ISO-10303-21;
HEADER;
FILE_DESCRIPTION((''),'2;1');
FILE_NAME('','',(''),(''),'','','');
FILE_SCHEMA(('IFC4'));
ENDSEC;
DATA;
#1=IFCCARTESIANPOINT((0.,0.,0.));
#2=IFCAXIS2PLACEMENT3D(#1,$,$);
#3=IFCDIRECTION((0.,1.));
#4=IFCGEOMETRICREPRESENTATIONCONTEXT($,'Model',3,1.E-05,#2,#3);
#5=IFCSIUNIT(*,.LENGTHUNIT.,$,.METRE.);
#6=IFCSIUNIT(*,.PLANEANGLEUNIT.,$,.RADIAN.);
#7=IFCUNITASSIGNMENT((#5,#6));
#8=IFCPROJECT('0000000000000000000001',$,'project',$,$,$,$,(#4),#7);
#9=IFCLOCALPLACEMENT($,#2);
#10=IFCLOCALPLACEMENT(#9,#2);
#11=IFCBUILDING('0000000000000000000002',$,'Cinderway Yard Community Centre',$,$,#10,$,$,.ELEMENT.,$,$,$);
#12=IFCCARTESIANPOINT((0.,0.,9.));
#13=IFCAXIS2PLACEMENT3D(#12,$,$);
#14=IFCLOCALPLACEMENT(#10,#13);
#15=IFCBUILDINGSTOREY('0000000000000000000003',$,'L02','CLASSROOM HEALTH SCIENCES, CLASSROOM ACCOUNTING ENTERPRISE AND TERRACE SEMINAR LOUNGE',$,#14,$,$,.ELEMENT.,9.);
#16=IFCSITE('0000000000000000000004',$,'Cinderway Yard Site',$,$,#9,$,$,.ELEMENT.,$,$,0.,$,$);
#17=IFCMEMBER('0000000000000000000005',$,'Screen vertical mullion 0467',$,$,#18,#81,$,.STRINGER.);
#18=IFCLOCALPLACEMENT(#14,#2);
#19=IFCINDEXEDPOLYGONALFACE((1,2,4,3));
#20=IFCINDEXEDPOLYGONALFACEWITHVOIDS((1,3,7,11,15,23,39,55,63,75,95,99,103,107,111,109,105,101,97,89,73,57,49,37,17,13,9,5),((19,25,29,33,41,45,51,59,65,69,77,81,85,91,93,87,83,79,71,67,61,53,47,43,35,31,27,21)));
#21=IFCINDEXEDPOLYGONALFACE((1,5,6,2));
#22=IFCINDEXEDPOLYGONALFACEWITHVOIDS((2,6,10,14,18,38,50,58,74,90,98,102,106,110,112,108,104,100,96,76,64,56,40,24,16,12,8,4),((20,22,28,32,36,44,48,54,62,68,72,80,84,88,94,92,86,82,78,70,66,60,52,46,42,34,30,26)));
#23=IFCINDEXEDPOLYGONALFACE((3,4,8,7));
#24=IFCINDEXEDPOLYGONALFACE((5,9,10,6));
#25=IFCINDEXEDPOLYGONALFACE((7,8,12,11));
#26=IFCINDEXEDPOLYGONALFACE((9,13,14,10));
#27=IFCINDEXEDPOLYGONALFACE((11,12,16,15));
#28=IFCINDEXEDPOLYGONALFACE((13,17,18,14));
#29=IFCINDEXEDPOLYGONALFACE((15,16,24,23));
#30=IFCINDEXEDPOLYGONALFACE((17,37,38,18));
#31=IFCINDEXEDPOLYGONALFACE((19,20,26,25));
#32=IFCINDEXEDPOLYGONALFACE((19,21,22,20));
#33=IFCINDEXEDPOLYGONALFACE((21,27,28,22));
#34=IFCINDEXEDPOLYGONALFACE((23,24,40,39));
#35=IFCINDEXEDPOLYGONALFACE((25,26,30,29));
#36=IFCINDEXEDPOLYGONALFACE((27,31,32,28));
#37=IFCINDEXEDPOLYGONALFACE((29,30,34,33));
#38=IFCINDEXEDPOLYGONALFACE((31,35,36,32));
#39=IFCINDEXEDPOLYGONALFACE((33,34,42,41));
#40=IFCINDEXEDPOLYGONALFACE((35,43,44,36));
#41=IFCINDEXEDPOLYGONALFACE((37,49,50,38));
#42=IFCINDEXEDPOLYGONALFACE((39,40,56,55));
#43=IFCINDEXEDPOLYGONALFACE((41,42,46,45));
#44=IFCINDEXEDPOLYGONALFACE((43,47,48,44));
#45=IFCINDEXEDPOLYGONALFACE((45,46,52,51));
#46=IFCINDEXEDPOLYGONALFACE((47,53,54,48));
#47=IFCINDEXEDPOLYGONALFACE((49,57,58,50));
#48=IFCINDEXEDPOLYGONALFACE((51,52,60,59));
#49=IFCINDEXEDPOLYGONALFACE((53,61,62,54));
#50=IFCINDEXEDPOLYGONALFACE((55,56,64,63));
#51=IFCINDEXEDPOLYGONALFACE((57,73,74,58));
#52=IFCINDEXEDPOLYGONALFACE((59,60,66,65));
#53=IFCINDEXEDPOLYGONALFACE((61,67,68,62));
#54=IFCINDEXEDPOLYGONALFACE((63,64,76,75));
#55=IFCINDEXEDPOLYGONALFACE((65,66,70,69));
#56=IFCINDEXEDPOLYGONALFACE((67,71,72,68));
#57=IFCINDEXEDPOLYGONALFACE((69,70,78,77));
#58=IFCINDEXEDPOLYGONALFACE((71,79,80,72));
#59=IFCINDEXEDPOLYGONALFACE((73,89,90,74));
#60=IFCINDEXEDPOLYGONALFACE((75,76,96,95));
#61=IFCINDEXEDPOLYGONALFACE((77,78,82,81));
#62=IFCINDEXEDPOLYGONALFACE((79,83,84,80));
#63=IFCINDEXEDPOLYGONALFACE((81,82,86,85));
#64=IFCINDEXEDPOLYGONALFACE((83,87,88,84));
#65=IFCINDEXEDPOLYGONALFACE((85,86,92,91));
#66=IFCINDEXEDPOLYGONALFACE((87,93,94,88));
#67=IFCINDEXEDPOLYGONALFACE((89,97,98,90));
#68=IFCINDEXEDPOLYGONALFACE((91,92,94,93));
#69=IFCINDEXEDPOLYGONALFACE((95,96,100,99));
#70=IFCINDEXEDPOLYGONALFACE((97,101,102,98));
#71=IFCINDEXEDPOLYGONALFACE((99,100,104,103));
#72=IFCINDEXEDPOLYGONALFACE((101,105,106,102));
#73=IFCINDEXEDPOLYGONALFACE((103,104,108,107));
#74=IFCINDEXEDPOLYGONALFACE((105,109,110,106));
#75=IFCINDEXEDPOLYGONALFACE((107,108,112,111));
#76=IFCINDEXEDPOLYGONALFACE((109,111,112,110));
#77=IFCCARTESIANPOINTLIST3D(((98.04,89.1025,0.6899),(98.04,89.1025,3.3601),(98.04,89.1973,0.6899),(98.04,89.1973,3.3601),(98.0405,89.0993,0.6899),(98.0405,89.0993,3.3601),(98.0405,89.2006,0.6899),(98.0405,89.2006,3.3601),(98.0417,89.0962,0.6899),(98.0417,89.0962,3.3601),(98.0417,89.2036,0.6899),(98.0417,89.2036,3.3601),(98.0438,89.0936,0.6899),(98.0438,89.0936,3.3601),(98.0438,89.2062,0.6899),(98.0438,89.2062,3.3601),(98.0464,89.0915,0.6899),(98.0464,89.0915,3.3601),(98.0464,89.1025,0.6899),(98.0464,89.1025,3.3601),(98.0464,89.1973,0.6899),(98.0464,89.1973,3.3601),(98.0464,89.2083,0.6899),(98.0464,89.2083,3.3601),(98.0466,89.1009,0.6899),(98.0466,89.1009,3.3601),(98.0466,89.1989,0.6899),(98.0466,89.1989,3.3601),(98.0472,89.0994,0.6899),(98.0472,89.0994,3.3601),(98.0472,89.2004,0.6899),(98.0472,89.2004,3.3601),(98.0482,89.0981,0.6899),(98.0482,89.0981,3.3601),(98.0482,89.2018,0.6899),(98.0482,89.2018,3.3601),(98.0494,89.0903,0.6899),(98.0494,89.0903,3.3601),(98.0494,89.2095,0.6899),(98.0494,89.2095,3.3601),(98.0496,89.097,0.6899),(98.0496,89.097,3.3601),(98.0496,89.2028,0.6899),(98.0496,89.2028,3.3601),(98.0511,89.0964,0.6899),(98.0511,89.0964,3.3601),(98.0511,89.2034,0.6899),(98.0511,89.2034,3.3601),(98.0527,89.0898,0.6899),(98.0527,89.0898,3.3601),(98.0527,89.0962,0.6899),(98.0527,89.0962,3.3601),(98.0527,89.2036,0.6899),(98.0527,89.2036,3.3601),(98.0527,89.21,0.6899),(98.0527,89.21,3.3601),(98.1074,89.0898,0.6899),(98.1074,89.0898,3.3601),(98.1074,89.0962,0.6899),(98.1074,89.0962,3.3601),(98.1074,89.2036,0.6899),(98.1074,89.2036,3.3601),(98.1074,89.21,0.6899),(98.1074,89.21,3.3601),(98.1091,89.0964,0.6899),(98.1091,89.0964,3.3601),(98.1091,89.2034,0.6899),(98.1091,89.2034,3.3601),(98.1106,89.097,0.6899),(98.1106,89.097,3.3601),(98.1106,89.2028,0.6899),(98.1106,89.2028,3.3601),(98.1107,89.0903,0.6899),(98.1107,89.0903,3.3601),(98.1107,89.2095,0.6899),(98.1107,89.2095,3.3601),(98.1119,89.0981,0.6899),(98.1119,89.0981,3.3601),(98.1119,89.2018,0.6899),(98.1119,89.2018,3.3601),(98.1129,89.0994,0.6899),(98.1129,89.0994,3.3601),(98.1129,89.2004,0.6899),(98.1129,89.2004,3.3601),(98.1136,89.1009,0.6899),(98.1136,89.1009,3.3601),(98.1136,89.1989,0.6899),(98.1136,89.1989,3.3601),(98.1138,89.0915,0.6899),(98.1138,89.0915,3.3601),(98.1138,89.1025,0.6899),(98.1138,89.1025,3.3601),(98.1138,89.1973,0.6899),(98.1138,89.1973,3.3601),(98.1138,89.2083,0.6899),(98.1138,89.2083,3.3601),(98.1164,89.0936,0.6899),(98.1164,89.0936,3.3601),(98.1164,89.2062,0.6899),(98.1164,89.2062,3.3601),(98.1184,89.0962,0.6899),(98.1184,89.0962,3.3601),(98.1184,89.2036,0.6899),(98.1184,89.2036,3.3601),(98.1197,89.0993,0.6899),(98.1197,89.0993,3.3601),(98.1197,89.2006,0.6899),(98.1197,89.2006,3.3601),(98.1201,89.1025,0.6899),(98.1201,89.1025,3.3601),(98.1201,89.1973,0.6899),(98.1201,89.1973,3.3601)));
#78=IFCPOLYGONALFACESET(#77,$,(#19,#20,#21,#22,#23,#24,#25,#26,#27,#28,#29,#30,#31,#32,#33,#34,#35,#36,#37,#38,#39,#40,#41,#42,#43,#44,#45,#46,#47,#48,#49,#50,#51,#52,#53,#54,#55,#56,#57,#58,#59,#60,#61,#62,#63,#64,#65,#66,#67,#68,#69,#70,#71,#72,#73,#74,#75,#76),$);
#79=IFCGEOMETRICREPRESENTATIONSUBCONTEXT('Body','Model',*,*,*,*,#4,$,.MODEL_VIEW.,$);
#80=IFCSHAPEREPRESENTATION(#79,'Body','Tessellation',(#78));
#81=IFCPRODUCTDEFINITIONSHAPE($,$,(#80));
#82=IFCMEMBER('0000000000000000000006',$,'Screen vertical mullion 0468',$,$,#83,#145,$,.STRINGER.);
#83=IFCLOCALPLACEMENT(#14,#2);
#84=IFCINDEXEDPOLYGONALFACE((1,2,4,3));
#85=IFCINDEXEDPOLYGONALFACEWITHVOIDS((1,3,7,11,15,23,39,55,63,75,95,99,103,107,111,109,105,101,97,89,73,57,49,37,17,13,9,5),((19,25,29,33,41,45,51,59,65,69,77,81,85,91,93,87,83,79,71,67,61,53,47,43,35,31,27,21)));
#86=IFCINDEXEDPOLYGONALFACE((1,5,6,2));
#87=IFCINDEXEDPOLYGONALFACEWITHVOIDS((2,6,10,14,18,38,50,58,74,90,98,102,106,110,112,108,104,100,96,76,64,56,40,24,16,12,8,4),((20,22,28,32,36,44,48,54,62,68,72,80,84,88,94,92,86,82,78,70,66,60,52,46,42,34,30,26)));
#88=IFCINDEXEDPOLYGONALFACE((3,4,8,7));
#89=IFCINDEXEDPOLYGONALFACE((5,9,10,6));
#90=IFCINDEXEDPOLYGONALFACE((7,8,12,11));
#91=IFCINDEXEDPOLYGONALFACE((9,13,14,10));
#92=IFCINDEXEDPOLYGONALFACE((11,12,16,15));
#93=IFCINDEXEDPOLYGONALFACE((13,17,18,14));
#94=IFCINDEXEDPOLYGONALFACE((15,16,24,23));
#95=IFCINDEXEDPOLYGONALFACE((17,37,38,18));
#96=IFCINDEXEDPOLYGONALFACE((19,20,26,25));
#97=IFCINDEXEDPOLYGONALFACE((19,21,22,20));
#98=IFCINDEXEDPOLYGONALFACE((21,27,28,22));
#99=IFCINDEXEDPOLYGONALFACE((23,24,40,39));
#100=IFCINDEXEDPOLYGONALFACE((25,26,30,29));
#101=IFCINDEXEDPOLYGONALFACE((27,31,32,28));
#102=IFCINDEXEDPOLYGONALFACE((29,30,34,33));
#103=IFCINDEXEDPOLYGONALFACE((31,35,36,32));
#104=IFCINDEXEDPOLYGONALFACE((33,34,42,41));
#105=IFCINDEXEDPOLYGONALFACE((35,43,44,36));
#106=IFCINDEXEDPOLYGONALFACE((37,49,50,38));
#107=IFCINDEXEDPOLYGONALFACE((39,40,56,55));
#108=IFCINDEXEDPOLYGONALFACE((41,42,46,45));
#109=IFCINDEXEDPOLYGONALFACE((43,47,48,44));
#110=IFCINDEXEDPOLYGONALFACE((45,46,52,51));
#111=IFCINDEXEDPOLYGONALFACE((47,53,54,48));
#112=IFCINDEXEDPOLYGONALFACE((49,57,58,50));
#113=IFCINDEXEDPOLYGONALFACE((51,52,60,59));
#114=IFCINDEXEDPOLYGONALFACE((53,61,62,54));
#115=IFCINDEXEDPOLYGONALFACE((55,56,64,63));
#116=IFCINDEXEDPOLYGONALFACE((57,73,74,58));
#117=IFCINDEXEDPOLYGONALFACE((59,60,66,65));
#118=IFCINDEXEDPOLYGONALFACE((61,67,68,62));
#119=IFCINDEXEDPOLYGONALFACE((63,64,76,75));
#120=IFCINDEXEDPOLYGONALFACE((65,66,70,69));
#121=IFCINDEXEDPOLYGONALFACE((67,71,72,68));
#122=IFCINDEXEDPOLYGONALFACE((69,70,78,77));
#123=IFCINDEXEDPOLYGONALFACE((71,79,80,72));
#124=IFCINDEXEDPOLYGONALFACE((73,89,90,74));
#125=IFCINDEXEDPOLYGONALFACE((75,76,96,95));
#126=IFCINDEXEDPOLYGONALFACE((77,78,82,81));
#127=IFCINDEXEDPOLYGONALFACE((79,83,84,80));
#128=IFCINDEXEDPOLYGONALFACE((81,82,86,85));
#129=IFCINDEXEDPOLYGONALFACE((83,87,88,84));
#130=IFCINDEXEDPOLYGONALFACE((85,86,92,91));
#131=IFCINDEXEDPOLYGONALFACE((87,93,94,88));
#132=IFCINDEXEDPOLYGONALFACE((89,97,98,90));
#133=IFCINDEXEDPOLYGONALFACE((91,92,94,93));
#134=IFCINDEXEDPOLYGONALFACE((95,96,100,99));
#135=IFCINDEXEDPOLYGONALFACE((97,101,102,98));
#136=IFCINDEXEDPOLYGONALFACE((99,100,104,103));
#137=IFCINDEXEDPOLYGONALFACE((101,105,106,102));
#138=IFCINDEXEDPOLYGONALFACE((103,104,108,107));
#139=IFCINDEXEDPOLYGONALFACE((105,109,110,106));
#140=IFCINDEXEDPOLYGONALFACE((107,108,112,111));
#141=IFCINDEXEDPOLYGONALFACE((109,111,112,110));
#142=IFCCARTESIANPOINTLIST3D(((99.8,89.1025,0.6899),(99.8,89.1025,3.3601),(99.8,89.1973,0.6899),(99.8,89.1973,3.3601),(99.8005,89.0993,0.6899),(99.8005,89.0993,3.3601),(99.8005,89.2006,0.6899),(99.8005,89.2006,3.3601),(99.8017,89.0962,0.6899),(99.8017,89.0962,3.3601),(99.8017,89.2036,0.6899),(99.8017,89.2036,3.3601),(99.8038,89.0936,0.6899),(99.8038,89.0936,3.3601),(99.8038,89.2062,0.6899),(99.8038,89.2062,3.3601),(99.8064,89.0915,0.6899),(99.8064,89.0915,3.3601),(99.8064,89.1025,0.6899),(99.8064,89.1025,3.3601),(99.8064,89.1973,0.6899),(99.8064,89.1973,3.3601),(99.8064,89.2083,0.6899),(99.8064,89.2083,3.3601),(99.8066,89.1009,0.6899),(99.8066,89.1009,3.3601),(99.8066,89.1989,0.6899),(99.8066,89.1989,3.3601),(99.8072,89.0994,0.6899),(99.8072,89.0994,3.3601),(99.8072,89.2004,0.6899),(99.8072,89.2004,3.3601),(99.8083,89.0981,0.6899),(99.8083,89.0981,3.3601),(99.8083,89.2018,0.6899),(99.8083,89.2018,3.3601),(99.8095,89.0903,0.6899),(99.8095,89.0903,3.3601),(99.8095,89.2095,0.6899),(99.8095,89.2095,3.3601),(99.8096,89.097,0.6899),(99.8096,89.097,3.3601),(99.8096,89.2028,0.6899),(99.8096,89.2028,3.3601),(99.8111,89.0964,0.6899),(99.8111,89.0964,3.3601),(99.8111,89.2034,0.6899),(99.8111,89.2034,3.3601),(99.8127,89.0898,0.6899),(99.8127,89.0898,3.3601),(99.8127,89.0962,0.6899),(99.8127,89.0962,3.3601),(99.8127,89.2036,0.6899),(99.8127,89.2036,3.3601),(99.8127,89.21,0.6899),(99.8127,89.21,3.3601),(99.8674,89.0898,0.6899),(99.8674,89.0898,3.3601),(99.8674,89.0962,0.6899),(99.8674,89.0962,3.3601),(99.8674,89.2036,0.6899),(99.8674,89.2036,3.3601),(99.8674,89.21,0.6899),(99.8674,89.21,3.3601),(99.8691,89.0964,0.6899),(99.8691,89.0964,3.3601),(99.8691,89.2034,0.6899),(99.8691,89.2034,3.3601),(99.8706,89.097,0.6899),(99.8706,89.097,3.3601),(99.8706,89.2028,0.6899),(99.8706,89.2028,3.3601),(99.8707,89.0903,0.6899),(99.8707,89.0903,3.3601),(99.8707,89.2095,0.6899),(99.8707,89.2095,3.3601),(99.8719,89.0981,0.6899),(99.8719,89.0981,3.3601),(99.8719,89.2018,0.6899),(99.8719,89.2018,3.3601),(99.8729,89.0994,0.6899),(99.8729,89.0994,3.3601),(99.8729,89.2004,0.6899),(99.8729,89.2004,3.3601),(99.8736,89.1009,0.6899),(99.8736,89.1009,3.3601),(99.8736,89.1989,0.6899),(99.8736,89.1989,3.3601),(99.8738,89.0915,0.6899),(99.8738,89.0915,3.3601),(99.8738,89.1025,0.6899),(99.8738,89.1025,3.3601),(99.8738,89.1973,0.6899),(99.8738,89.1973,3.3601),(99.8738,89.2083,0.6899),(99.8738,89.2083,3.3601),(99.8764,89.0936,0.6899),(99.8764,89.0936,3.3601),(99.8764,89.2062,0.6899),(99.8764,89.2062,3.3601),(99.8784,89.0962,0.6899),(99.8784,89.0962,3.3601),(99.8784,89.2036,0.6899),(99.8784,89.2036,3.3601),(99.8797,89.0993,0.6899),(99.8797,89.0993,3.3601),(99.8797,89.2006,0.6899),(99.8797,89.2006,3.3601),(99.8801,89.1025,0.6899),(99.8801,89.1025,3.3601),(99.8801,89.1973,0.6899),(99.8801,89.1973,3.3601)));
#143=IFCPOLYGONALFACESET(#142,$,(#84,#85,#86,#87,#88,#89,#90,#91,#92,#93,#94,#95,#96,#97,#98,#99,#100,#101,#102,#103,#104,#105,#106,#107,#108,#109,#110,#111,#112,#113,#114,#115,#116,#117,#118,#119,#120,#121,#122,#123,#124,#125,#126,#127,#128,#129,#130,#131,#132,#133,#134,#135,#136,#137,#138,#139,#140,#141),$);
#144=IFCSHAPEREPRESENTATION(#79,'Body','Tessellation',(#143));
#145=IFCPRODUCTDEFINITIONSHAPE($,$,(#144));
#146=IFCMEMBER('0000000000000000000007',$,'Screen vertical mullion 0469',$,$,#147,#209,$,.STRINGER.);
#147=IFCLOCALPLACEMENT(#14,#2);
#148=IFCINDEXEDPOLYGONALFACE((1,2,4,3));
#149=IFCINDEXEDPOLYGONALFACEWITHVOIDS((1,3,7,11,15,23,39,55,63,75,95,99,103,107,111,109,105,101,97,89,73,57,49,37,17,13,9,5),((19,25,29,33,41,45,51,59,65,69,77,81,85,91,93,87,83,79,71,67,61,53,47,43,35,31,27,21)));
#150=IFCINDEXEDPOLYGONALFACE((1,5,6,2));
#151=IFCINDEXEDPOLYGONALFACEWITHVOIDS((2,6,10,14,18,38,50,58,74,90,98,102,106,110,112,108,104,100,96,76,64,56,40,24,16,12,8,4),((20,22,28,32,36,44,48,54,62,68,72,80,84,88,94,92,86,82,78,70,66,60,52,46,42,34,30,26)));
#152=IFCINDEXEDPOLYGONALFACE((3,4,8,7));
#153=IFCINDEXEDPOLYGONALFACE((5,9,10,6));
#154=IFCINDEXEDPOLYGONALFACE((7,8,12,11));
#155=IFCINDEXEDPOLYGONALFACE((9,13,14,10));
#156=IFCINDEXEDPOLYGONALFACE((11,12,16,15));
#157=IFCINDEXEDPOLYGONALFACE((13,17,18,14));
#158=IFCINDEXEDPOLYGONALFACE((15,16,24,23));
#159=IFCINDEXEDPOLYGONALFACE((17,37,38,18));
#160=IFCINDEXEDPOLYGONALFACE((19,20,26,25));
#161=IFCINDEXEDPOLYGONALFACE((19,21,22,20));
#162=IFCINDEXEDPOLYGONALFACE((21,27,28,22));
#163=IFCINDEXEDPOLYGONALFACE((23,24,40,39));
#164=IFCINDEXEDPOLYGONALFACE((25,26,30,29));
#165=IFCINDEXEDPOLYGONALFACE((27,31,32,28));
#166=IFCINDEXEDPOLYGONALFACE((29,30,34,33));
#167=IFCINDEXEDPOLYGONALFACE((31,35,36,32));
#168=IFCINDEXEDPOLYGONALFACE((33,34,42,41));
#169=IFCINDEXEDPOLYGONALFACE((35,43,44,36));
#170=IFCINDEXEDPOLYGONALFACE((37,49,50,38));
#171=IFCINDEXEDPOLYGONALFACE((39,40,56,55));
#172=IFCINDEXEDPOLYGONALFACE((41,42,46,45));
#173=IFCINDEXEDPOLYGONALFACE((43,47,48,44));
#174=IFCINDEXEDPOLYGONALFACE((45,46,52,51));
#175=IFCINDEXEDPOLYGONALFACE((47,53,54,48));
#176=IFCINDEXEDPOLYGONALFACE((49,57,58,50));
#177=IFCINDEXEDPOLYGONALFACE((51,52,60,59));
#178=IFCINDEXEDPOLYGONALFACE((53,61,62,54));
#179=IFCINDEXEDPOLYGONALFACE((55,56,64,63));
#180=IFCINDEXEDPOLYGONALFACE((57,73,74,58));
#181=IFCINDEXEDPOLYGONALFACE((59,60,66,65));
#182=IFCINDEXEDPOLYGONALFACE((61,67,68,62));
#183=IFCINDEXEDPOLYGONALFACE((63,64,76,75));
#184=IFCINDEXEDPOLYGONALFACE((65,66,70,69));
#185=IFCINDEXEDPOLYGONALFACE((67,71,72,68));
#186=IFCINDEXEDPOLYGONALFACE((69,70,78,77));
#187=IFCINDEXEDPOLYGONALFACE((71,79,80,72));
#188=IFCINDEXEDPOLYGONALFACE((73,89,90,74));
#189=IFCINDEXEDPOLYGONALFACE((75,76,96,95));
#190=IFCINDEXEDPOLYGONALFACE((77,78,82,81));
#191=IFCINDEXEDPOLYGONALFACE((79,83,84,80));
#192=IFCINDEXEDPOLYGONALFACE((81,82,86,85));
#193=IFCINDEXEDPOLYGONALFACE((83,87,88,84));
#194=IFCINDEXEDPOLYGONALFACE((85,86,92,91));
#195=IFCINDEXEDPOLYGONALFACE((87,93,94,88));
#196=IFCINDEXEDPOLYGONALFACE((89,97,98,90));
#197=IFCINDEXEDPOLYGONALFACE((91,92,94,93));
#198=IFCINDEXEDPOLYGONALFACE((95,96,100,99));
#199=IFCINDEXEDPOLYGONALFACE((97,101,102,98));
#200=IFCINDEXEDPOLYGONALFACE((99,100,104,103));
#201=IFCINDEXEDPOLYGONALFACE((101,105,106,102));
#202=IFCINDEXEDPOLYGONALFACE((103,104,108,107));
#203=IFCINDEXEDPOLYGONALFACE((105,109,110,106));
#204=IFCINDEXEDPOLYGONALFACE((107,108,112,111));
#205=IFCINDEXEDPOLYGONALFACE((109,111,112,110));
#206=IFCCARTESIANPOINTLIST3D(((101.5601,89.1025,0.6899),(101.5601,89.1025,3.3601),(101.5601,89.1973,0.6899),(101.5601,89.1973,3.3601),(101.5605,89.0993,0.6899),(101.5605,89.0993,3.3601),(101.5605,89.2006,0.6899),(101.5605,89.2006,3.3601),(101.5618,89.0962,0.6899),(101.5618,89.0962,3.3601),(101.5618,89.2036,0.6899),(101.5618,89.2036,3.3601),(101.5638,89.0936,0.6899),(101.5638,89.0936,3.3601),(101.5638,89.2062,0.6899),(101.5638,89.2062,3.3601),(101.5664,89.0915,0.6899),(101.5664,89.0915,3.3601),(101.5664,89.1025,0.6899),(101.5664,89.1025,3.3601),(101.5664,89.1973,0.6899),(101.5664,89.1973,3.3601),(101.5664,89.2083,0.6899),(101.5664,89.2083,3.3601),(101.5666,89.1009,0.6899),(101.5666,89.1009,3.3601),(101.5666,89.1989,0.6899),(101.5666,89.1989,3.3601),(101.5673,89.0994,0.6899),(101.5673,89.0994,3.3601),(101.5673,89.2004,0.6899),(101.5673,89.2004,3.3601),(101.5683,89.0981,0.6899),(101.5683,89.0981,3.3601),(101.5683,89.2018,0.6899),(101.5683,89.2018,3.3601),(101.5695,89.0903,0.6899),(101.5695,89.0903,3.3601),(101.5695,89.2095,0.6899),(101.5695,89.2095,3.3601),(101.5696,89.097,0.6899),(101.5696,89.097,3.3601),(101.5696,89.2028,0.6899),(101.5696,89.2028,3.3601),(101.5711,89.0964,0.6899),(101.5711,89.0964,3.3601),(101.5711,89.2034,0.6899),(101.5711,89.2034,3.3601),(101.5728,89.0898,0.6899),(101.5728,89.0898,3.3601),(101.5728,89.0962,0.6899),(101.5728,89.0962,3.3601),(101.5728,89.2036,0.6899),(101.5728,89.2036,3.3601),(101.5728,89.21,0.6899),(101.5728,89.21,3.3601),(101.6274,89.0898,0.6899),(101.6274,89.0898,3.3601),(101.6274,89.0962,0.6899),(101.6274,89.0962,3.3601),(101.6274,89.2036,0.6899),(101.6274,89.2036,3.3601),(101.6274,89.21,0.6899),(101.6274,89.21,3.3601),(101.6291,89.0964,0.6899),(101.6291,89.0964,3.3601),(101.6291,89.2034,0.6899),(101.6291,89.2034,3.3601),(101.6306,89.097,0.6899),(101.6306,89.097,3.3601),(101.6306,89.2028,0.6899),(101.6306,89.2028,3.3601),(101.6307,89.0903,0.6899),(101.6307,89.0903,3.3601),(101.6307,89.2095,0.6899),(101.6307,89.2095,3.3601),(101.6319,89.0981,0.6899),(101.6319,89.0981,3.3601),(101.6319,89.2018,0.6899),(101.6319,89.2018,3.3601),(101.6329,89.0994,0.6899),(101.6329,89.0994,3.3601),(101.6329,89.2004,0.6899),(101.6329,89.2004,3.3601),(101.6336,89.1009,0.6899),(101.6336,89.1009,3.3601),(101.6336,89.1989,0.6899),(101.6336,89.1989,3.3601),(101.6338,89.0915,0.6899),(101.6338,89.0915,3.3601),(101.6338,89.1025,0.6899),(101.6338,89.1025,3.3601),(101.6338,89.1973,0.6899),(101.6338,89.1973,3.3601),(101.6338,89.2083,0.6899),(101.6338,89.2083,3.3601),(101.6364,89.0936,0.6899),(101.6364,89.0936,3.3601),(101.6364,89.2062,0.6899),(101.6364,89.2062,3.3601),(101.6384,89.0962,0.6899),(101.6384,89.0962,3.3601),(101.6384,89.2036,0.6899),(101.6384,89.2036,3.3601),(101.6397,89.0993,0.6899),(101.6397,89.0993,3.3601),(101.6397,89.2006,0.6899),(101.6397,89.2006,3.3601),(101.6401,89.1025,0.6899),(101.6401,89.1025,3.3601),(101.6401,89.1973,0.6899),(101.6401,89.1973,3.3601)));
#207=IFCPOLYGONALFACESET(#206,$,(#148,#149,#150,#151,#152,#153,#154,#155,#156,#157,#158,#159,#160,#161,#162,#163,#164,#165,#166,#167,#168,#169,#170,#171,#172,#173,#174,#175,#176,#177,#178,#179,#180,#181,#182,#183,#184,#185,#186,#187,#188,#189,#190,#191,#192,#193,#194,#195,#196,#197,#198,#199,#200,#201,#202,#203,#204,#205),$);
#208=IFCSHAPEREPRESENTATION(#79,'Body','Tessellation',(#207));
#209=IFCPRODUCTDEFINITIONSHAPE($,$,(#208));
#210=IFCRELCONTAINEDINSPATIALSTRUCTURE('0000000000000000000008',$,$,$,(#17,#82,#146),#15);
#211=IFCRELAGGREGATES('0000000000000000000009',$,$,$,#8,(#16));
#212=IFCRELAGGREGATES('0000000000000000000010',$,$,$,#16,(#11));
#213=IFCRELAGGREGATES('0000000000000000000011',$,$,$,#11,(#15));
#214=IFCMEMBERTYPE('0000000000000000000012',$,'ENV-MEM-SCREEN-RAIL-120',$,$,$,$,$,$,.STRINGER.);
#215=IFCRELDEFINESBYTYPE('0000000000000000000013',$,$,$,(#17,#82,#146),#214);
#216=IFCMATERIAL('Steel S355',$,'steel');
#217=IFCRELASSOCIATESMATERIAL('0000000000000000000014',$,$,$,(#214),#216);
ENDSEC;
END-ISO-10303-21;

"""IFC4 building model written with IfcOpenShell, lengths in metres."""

from ifc_helpers import new_model, si_unit, direction, frame, origin, origin_2d, place, context, subcontext, project, spatial, hollow_rectangle, extrude, material, material_profile, profile_set, type_object, element, save


model = new_model("IFC4")

# Units and contexts
model_context = context("Model", 3, precision=1e-05, world=origin(), true_north=direction((0.0, 1.0)))
body_context = subcontext(model_context, "Body", "Model", "MODEL_VIEW")
ifc_project = project(units=[si_unit("LENGTHUNIT", "METRE"), si_unit("PLANEANGLEUNIT", "RADIAN")], contexts=[model_context])

# Site, building, storey
site_placement = place(None, origin())
site = spatial("IfcSite", under=ifc_project, at=site_placement, Name="Cinderway Yard Site", CompositionType="ELEMENT", RefElevation=0.0)
building_placement = place(site_placement, origin())
building = spatial("IfcBuilding", under=site, at=building_placement, Name="Cinderway Yard Community Centre", CompositionType="ELEMENT")
storey_placement = place(building_placement, frame((0.0, 0.0, 9.0)))
storey = spatial("IfcBuildingStorey", under=building, at=storey_placement, Name="L02", Description="CLASSROOM HEALTH SCIENCES, CLASSROOM ACCOUNTING ENTERPRISE AND TERRACE SEMINAR LOUNGE", CompositionType="ELEMENT", Elevation=9.0)

# Members
ifc_material_1 = material(Name="Steel S355", Category="steel")
ifc_material_profile_1 = material_profile(ifc_material_1, hollow_rectangle(XDim=0.0801, YDim=0.1201, WallThickness=0.0063, InnerFilletRadius=0.0063, OuterFilletRadius=0.0127, at=origin_2d()), Name="Steel S355")
ifc_profile_set_1 = profile_set([ifc_material_profile_1], Name="Steel S355")
member_type_1 = type_object("IfcMemberType", Name="ENV-MEM-SCREEN-RAIL-120", PredefinedType="STRINGER", material=ifc_profile_set_1)
for number, where, z_axis, x_axis, name in (
    (1, (98.0801, 89.1499, 0.6899), (0.0, 0.0, 1.0), (1.0, 0.0, 0.0), "Screen vertical mullion 0467"),
    (2, (99.8401, 89.1499, 0.6899), (0.0, 0.0, 1.0), (1.0, 0.0, 0.0), "Screen vertical mullion 0468"),
    (3, (101.6001, 89.1499, 0.6899), (0.0, 0.0, 1.0), (1.0, 0.0, 0.0), "Screen vertical mullion 0469"),
):
    element("IfcMember", number, at=place(storey_placement, frame(where, z_axis=z_axis, x_axis=x_axis)), inside=storey, type_object=member_type_1, Name=name, PredefinedType="STRINGER", context=body_context, shape_type="SweptSolid", body=[
        extrude(hollow_rectangle(XDim=0.0801, YDim=0.1201, WallThickness=0.0063, InnerFilletRadius=0.0063, OuterFilletRadius=0.0127, at=origin_2d()), origin(), (0.0, 0.0, 1.0), 2.6702),
    ])

save(model, "model.ifc")
